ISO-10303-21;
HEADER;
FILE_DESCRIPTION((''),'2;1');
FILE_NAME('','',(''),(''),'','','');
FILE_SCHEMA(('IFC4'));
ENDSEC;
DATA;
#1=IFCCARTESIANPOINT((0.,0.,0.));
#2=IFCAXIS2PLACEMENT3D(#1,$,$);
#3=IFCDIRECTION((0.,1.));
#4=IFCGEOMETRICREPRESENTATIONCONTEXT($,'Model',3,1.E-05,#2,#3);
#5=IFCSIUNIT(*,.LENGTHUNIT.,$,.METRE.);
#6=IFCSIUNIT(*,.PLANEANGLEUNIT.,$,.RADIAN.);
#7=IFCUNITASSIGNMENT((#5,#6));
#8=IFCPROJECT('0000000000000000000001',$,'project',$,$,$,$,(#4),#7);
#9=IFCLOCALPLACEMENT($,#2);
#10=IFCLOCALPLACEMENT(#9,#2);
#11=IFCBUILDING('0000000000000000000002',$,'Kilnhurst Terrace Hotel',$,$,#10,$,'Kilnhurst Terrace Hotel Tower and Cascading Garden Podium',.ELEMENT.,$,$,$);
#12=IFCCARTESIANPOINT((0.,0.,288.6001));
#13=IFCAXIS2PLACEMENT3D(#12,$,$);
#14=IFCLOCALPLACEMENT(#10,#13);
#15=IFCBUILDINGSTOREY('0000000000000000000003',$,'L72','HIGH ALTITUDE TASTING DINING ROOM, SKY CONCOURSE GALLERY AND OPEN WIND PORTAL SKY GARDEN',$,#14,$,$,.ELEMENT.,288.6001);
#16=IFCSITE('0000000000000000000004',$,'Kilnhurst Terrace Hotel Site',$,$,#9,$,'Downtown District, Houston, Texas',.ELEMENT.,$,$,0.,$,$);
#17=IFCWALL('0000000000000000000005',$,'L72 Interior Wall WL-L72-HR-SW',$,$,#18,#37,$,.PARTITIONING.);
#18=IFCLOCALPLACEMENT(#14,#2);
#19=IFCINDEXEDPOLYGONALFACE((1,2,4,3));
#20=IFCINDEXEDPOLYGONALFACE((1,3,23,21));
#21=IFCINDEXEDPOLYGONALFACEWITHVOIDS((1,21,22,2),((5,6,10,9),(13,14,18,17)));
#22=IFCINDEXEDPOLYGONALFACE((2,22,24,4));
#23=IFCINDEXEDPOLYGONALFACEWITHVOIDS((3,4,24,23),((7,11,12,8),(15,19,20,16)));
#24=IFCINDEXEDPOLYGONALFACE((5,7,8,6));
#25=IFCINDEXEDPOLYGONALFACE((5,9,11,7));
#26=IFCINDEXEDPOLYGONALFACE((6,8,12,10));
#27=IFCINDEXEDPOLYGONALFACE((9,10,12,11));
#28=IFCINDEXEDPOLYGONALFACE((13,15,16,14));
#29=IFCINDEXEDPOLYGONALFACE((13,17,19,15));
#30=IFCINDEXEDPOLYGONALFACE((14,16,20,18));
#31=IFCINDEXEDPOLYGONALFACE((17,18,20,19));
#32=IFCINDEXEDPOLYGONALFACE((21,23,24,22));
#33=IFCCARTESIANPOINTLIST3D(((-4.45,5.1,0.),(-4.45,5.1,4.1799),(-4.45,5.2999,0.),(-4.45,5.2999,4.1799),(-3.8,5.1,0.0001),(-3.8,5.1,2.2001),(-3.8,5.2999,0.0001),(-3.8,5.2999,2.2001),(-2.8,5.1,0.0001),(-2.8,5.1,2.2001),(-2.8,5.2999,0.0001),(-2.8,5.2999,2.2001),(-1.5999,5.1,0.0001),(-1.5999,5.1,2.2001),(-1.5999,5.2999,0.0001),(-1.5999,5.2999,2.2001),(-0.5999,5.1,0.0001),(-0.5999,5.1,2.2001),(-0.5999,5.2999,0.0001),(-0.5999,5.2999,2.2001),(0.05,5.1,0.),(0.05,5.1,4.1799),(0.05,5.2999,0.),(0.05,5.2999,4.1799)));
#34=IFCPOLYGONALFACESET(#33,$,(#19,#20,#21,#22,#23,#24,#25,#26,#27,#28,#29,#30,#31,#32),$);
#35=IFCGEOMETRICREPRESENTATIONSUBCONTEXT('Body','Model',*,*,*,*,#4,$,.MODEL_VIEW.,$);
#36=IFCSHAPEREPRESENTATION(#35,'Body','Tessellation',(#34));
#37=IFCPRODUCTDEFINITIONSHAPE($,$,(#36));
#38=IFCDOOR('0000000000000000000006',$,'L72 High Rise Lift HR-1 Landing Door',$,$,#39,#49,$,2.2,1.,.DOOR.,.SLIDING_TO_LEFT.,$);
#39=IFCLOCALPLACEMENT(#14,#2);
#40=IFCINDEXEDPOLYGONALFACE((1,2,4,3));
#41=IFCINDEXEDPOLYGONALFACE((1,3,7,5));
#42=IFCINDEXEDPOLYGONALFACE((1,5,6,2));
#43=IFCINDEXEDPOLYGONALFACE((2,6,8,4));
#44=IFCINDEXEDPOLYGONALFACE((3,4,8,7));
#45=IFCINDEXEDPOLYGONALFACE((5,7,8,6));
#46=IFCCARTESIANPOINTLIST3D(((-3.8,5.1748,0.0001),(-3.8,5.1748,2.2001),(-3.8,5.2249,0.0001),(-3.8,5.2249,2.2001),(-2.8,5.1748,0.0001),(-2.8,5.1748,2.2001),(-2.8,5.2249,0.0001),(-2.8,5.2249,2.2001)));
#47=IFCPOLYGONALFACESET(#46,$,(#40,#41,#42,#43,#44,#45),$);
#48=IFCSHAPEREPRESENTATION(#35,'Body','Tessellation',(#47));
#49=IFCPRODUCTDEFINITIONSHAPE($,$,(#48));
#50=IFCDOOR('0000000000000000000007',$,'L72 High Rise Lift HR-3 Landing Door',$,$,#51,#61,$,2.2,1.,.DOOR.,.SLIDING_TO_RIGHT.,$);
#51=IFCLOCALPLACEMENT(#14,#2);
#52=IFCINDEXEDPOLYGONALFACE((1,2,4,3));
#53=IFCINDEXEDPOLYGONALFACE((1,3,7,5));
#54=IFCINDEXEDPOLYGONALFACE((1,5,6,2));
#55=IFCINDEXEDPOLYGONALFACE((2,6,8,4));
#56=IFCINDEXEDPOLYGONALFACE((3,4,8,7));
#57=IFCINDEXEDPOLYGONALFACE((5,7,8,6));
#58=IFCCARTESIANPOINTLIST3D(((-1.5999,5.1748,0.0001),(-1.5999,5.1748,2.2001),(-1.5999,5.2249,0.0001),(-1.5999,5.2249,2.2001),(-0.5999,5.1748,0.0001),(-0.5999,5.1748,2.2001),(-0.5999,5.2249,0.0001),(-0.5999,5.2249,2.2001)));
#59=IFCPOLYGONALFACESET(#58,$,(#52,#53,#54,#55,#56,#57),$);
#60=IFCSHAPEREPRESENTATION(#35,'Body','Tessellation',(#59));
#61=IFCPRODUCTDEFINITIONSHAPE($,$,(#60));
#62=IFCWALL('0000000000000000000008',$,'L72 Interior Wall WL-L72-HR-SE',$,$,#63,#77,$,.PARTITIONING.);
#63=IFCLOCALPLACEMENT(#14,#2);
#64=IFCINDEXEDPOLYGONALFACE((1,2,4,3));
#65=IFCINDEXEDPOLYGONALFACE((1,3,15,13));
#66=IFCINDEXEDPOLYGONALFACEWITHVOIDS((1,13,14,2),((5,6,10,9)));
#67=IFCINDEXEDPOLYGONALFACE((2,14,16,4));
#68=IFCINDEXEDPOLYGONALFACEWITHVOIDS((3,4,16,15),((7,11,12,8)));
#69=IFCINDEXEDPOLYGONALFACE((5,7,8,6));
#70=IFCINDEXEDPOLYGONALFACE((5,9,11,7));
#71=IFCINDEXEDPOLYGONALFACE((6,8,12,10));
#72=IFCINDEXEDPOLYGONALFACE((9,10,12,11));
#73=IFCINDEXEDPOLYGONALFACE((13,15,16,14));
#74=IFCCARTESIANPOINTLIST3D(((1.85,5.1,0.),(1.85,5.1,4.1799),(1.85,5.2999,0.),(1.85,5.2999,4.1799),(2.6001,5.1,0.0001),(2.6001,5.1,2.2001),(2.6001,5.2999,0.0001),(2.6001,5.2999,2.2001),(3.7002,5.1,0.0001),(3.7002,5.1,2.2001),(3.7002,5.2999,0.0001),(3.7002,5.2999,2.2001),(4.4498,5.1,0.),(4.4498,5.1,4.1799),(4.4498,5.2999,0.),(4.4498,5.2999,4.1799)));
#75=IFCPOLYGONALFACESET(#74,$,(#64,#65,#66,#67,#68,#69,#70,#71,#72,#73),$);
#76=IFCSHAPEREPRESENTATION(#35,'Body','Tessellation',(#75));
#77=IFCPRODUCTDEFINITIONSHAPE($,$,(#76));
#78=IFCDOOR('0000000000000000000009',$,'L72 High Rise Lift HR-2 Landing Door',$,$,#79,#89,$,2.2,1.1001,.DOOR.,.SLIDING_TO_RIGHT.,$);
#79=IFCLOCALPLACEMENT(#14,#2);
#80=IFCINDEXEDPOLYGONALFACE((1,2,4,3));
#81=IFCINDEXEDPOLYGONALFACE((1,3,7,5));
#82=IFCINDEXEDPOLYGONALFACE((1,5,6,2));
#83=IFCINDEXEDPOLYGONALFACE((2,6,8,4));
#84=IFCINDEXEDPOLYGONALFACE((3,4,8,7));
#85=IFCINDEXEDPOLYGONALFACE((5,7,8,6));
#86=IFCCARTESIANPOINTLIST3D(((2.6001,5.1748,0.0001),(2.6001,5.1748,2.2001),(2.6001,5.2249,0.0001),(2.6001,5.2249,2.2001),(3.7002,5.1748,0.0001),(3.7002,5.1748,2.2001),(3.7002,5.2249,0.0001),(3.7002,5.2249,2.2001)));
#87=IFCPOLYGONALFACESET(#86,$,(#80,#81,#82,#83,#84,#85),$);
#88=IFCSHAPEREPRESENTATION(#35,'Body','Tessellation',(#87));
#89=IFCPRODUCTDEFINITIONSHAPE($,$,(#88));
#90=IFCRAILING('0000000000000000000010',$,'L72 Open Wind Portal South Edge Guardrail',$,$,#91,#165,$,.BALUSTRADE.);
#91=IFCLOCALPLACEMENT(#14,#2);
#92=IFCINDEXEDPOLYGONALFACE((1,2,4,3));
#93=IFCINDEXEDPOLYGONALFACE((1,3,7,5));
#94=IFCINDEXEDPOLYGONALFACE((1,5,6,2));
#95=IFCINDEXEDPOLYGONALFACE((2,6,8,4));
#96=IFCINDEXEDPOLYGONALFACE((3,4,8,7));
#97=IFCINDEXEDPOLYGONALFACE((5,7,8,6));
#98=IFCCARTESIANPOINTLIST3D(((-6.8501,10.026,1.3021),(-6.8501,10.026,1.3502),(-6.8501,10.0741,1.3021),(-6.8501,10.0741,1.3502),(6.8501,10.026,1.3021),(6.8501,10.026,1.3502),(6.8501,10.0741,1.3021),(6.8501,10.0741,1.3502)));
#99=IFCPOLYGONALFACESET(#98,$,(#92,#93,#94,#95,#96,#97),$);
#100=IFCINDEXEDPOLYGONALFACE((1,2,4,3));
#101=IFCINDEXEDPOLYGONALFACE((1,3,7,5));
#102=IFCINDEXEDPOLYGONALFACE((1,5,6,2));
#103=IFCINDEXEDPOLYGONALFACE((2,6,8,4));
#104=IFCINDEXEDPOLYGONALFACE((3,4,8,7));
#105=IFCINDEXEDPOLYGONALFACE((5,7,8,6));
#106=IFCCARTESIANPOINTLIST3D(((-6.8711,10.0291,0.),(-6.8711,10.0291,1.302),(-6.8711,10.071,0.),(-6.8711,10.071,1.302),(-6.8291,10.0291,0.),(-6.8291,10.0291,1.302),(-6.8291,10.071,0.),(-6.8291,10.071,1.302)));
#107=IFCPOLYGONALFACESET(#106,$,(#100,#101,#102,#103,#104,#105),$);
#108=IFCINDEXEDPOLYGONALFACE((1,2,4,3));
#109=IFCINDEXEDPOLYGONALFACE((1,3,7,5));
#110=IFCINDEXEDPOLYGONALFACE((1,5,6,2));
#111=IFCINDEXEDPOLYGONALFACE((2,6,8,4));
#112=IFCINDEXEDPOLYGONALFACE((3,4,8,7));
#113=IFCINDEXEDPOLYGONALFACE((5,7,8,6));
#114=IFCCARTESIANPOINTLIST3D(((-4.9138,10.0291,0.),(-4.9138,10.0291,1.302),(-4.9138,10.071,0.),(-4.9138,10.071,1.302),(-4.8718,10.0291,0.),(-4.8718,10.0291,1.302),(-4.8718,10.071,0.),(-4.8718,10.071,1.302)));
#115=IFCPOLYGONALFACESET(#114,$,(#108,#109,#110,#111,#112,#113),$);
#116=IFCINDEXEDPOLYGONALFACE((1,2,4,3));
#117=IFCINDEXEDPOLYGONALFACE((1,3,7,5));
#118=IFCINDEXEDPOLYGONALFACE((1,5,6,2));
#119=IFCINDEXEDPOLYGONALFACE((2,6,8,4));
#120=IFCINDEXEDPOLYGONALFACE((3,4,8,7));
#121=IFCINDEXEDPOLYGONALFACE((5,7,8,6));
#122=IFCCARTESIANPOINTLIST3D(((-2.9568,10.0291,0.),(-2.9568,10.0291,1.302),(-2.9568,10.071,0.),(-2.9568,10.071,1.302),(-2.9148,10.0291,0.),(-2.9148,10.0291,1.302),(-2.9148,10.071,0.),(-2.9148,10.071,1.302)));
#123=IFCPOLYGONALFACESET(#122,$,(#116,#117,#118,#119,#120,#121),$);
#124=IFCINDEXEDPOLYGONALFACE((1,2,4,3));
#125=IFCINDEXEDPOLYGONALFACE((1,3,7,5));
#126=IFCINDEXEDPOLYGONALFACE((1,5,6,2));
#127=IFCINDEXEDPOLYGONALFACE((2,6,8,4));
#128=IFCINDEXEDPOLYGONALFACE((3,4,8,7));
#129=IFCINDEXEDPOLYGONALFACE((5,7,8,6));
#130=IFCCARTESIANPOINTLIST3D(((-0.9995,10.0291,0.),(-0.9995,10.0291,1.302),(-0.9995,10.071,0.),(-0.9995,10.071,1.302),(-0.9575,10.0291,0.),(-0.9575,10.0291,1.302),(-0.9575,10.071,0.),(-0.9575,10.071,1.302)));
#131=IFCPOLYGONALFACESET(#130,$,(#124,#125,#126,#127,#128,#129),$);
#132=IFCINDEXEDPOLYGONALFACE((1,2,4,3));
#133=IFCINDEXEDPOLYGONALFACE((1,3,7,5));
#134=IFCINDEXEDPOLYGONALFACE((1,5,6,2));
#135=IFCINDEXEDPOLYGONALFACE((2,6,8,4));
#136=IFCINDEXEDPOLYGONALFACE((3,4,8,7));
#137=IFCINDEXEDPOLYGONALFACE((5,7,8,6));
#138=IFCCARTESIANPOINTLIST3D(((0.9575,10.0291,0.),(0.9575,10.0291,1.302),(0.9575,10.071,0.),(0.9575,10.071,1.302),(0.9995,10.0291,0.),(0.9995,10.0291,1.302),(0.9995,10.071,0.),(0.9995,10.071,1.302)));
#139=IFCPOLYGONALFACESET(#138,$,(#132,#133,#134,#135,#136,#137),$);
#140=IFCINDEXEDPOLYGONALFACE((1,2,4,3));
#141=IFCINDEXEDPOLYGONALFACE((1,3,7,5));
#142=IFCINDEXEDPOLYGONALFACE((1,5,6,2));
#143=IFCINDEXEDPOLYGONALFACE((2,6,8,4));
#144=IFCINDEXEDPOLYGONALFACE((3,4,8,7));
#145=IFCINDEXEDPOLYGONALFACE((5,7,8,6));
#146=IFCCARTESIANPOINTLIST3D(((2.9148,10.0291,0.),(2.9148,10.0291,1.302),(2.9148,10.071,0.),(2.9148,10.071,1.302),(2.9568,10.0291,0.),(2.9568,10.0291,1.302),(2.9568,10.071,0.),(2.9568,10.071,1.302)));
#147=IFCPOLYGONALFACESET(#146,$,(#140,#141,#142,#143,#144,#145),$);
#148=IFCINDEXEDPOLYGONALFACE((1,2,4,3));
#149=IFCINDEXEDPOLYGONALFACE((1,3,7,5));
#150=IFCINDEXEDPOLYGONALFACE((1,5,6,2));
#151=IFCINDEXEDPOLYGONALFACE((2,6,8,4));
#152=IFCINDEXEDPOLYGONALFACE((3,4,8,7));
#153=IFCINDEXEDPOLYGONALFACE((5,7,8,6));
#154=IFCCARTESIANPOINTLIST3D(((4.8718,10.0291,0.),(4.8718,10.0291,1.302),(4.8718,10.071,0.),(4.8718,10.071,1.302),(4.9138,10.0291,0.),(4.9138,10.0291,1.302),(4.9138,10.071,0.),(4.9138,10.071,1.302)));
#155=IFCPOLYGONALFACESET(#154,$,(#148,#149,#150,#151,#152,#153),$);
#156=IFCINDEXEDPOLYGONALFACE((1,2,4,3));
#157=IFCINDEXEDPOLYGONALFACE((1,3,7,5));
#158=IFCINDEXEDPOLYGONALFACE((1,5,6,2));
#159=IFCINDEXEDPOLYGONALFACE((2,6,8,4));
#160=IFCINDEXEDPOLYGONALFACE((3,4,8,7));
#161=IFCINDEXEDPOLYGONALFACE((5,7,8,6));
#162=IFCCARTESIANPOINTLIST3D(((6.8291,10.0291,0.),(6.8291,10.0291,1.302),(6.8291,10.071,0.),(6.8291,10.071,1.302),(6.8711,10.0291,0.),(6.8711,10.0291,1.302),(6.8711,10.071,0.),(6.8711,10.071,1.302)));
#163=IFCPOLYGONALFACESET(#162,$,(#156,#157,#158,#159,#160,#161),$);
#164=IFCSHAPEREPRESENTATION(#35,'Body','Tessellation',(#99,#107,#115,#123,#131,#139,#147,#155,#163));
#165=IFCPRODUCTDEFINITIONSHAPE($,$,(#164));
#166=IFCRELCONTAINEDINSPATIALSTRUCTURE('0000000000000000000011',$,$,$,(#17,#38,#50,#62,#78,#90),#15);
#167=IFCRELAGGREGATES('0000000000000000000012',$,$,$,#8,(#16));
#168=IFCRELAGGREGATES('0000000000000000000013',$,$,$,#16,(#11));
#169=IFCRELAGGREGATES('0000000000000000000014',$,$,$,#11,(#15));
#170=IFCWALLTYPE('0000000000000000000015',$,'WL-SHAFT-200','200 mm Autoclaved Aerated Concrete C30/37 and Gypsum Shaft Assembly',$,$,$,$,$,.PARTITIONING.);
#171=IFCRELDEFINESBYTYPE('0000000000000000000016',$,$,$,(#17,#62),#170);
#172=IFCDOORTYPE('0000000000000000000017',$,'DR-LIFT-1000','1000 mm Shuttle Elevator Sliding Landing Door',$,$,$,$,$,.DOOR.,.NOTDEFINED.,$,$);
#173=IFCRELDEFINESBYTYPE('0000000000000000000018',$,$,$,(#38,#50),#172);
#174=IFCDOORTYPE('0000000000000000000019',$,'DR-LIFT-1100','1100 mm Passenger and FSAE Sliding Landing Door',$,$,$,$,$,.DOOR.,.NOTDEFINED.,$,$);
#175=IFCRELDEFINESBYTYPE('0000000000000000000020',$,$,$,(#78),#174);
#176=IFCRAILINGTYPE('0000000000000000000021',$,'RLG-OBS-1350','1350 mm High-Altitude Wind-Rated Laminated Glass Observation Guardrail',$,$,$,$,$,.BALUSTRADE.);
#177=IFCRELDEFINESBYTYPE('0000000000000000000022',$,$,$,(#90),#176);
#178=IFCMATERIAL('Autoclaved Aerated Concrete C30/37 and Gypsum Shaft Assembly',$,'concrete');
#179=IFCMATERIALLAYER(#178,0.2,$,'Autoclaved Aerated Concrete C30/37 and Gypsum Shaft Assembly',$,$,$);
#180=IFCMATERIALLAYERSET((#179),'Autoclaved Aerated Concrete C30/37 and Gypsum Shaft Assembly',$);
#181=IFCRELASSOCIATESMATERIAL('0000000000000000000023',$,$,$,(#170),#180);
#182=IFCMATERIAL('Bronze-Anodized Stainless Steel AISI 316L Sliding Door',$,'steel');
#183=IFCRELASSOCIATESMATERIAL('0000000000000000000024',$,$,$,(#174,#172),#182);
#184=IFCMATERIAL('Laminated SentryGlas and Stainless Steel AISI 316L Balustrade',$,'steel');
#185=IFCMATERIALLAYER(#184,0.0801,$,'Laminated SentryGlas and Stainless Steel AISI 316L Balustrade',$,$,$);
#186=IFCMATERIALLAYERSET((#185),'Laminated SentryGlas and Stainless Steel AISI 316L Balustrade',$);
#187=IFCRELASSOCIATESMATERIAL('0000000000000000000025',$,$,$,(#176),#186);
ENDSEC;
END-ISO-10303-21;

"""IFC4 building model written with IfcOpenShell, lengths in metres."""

from ifc_helpers import new_model, si_unit, direction, frame, frame_2d, origin, origin_2d, place, context, subcontext, project, spatial, rectangle, extrude, material, layer, layer_set, type_object, element, fill, save


model = new_model("IFC4")

# Units and contexts
model_context = context("Model", 3, precision=1e-05, world=origin(), true_north=direction((0.0, 1.0)))
body_context = subcontext(model_context, "Body", "Model", "MODEL_VIEW")
ifc_project = project(units=[si_unit("LENGTHUNIT", "METRE"), si_unit("PLANEANGLEUNIT", "RADIAN")], contexts=[model_context])

# Site, building, storey
site_placement = place(None, origin())
site = spatial("IfcSite", under=ifc_project, at=site_placement, Name="Kilnhurst Terrace Hotel Site", LongName="Downtown District, Houston, Texas", CompositionType="ELEMENT", RefElevation=0.0)
building_placement = place(site_placement, origin())
building = spatial("IfcBuilding", under=site, at=building_placement, Name="Kilnhurst Terrace Hotel", LongName="Kilnhurst Terrace Hotel Tower and Cascading Garden Podium", CompositionType="ELEMENT")
storey_placement = place(building_placement, frame((0.0, 0.0, 288.6001)))
storey = spatial("IfcBuildingStorey", under=building, at=storey_placement, Name="L72", Description="HIGH ALTITUDE TASTING DINING ROOM, SKY CONCOURSE GALLERY AND OPEN WIND PORTAL SKY GARDEN", CompositionType="ELEMENT", Elevation=288.6001)

# Wall, openings, doors
ifc_material_1 = material(Name="Autoclaved Aerated Concrete C30/37 and Gypsum Shaft Assembly", Category="concrete")
ifc_layer_1 = layer(ifc_material_1, 0.2, Name="Autoclaved Aerated Concrete C30/37 and Gypsum Shaft Assembly")
ifc_layer_set_1 = layer_set([ifc_layer_1], Name="Autoclaved Aerated Concrete C30/37 and Gypsum Shaft Assembly")
wall_type_1 = type_object("IfcWallType", Name="WL-SHAFT-200", Description="200 mm Autoclaved Aerated Concrete C30/37 and Gypsum Shaft Assembly", PredefinedType="PARTITIONING", material=ifc_layer_set_1)
ifc_material_2 = material(Name="Bronze-Anodized Stainless Steel AISI 316L Sliding Door", Category="steel")
door_type_1 = type_object("IfcDoorType", Name="DR-LIFT-1100", Description="1100 mm Passenger and FSAE Sliding Landing Door", OperationType="NOTDEFINED", PredefinedType="DOOR", material=ifc_material_2)
wall_1_placement = place(storey_placement, frame((-4.45, 5.2, 0.0), z_axis=(0.0, 0.0, 1.0), x_axis=(1.0, 0.0, 0.0)))
wall_1 = element("IfcWall", 1, at=wall_1_placement, inside=storey, type_object=wall_type_1, Name="L72 Interior Wall WL-L72-HR-SW", PredefinedType="PARTITIONING", context=body_context, shape_type="SweptSolid", body=[
    extrude(rectangle(XDim=4.5, YDim=0.2, at=frame_2d((2.25, 0.0))), origin(), (0.0, 0.0, 1.0), 4.1799),
])
opening_1_placement = place(wall_1_placement, frame((0.6499, 0.0, 0.0)))
opening_1 = element("IfcOpeningElement", 2, at=opening_1_placement, cuts=wall_1, PredefinedType="OPENING", context=body_context, shape_type="SweptSolid", body=[
    extrude(rectangle(XDim=1.0, YDim=2.2, at=frame_2d((0.5, 1.1001))), frame((0.0, 0.1099, 0.0), z_axis=(0.0, -1.0, 0.0), x_axis=(1.0, 0.0, 0.0)), (0.0, 0.0, 1.0), 0.22),
])
opening_2_placement = place(wall_1_placement, frame((2.8501, 0.0, 0.0)))
opening_2 = element("IfcOpeningElement", 3, at=opening_2_placement, cuts=wall_1, PredefinedType="OPENING", context=body_context, shape_type="SweptSolid", body=[
    extrude(rectangle(XDim=1.0, YDim=2.2, at=frame_2d((0.5, 1.1001))), frame((0.0, 0.1099, 0.0), z_axis=(0.0, -1.0, 0.0), x_axis=(1.0, 0.0, 0.0)), (0.0, 0.0, 1.0), 0.22),
])
door_type_2 = type_object("IfcDoorType", Name="DR-LIFT-1000", Description="1000 mm Shuttle Elevator Sliding Landing Door", OperationType="NOTDEFINED", PredefinedType="DOOR", material=ifc_material_2)
door_1_placement = place(opening_1_placement, origin())
door_1 = element("IfcDoor", 4, at=door_1_placement, inside=storey, type_object=door_type_2, Name="L72 High Rise Lift HR-1 Landing Door", OperationType="SLIDING_TO_LEFT", OverallHeight=2.2, OverallWidth=1.0, PredefinedType="DOOR", context=body_context, shape_type="SweptSolid", body=[
    extrude(rectangle(XDim=1.0, YDim=2.2, at=frame_2d((0.5, 1.1001))), frame((0.0, 0.0249, 0.0), z_axis=(0.0, -1.0, 0.0), x_axis=(1.0, 0.0, 0.0)), (0.0, 0.0, 1.0), 0.05),
])
fill(opening_1, door_1)
door_2_placement = place(opening_2_placement, origin())
door_2 = element("IfcDoor", 5, at=door_2_placement, inside=storey, type_object=door_type_2, Name="L72 High Rise Lift HR-3 Landing Door", OperationType="SLIDING_TO_RIGHT", OverallHeight=2.2, OverallWidth=1.0, PredefinedType="DOOR", context=body_context, shape_type="SweptSolid", body=[
    extrude(rectangle(XDim=1.0, YDim=2.2, at=frame_2d((0.5, 1.1001))), frame((0.0, 0.0249, 0.0), z_axis=(0.0, -1.0, 0.0), x_axis=(1.0, 0.0, 0.0)), (0.0, 0.0, 1.0), 0.05),
])
fill(opening_2, door_2)

# Wall, opening, door
wall_2_placement = place(storey_placement, frame((1.8501, 5.2, 0.0), z_axis=(0.0, 0.0, 1.0), x_axis=(1.0, 0.0, 0.0)))
wall_2 = element("IfcWall", 6, at=wall_2_placement, inside=storey, type_object=wall_type_1, Name="L72 Interior Wall WL-L72-HR-SE", PredefinedType="PARTITIONING", context=body_context, shape_type="SweptSolid", body=[
    extrude(rectangle(XDim=2.5999, YDim=0.2, at=frame_2d((1.2998, 0.0))), origin(), (0.0, 0.0, 1.0), 4.1799),
])
opening_3_placement = place(wall_2_placement, frame((0.75, 0.0, 0.0)))
opening_3 = element("IfcOpeningElement", 7, at=opening_3_placement, cuts=wall_2, PredefinedType="OPENING", context=body_context, shape_type="SweptSolid", body=[
    extrude(rectangle(XDim=1.1001, YDim=2.2, at=frame_2d((0.55, 1.1001))), frame((0.0, 0.1099, 0.0), z_axis=(0.0, -1.0, 0.0), x_axis=(1.0, 0.0, 0.0)), (0.0, 0.0, 1.0), 0.22),
])
door_3_placement = place(opening_3_placement, origin())
door_3 = element("IfcDoor", 8, at=door_3_placement, inside=storey, type_object=door_type_1, Name="L72 High Rise Lift HR-2 Landing Door", OperationType="SLIDING_TO_RIGHT", OverallHeight=2.2, OverallWidth=1.1001, PredefinedType="DOOR", context=body_context, shape_type="SweptSolid", body=[
    extrude(rectangle(XDim=1.1001, YDim=2.2, at=frame_2d((0.55, 1.1001))), frame((0.0, 0.0249, 0.0), z_axis=(0.0, -1.0, 0.0), x_axis=(1.0, 0.0, 0.0)), (0.0, 0.0, 1.0), 0.05),
])
fill(opening_3, door_3)

# Railing
ifc_material_3 = material(Name="Laminated SentryGlas and Stainless Steel AISI 316L Balustrade", Category="steel")
ifc_layer_2 = layer(ifc_material_3, 0.0801, Name="Laminated SentryGlas and Stainless Steel AISI 316L Balustrade")
ifc_layer_set_2 = layer_set([ifc_layer_2], Name="Laminated SentryGlas and Stainless Steel AISI 316L Balustrade")
railing_type = type_object("IfcRailingType", Name="RLG-OBS-1350", Description="1350 mm High-Altitude Wind-Rated Laminated Glass Observation Guardrail", PredefinedType="BALUSTRADE", material=ifc_layer_set_2)
railing_placement = place(storey_placement, frame((-6.8501, 10.05, 0.0)))
element("IfcRailing", 9, at=railing_placement, inside=storey, type_object=railing_type, Name="L72 Open Wind Portal South Edge Guardrail", PredefinedType="BALUSTRADE", context=body_context, shape_type="SweptSolid", body=[
    extrude(rectangle(XDim=0.0481, YDim=0.0481, at=origin_2d()), frame((0.0, 0.0, 1.3262), z_axis=(1.0, 0.0, 0.0), x_axis=(0.0, 1.0, 0.0)), (0.0, 0.0, 1.0), 13.7002),
    extrude(rectangle(XDim=0.042, YDim=0.042, at=origin_2d()), origin(), (0.0, 0.0, 1.0), 1.302),
    extrude(rectangle(XDim=0.042, YDim=0.042, at=origin_2d()), frame((1.9573, 0.0, 0.0)), (0.0, 0.0, 1.0), 1.302),
    extrude(rectangle(XDim=0.042, YDim=0.042, at=origin_2d()), frame((3.9143, 0.0, 0.0)), (0.0, 0.0, 1.0), 1.302),
    extrude(rectangle(XDim=0.042, YDim=0.042, at=origin_2d()), frame((5.8716, 0.0, 0.0)), (0.0, 0.0, 1.0), 1.302),
    extrude(rectangle(XDim=0.042, YDim=0.042, at=origin_2d()), frame((7.8286, 0.0, 0.0)), (0.0, 0.0, 1.0), 1.302),
    extrude(rectangle(XDim=0.042, YDim=0.042, at=origin_2d()), frame((9.7859, 0.0, 0.0)), (0.0, 0.0, 1.0), 1.302),
    extrude(rectangle(XDim=0.042, YDim=0.042, at=origin_2d()), frame((11.7429, 0.0, 0.0)), (0.0, 0.0, 1.0), 1.302),
    extrude(rectangle(XDim=0.042, YDim=0.042, at=origin_2d()), frame((13.7002, 0.0, 0.0)), (0.0, 0.0, 1.0), 1.302),
])

save(model, "model.ifc")
